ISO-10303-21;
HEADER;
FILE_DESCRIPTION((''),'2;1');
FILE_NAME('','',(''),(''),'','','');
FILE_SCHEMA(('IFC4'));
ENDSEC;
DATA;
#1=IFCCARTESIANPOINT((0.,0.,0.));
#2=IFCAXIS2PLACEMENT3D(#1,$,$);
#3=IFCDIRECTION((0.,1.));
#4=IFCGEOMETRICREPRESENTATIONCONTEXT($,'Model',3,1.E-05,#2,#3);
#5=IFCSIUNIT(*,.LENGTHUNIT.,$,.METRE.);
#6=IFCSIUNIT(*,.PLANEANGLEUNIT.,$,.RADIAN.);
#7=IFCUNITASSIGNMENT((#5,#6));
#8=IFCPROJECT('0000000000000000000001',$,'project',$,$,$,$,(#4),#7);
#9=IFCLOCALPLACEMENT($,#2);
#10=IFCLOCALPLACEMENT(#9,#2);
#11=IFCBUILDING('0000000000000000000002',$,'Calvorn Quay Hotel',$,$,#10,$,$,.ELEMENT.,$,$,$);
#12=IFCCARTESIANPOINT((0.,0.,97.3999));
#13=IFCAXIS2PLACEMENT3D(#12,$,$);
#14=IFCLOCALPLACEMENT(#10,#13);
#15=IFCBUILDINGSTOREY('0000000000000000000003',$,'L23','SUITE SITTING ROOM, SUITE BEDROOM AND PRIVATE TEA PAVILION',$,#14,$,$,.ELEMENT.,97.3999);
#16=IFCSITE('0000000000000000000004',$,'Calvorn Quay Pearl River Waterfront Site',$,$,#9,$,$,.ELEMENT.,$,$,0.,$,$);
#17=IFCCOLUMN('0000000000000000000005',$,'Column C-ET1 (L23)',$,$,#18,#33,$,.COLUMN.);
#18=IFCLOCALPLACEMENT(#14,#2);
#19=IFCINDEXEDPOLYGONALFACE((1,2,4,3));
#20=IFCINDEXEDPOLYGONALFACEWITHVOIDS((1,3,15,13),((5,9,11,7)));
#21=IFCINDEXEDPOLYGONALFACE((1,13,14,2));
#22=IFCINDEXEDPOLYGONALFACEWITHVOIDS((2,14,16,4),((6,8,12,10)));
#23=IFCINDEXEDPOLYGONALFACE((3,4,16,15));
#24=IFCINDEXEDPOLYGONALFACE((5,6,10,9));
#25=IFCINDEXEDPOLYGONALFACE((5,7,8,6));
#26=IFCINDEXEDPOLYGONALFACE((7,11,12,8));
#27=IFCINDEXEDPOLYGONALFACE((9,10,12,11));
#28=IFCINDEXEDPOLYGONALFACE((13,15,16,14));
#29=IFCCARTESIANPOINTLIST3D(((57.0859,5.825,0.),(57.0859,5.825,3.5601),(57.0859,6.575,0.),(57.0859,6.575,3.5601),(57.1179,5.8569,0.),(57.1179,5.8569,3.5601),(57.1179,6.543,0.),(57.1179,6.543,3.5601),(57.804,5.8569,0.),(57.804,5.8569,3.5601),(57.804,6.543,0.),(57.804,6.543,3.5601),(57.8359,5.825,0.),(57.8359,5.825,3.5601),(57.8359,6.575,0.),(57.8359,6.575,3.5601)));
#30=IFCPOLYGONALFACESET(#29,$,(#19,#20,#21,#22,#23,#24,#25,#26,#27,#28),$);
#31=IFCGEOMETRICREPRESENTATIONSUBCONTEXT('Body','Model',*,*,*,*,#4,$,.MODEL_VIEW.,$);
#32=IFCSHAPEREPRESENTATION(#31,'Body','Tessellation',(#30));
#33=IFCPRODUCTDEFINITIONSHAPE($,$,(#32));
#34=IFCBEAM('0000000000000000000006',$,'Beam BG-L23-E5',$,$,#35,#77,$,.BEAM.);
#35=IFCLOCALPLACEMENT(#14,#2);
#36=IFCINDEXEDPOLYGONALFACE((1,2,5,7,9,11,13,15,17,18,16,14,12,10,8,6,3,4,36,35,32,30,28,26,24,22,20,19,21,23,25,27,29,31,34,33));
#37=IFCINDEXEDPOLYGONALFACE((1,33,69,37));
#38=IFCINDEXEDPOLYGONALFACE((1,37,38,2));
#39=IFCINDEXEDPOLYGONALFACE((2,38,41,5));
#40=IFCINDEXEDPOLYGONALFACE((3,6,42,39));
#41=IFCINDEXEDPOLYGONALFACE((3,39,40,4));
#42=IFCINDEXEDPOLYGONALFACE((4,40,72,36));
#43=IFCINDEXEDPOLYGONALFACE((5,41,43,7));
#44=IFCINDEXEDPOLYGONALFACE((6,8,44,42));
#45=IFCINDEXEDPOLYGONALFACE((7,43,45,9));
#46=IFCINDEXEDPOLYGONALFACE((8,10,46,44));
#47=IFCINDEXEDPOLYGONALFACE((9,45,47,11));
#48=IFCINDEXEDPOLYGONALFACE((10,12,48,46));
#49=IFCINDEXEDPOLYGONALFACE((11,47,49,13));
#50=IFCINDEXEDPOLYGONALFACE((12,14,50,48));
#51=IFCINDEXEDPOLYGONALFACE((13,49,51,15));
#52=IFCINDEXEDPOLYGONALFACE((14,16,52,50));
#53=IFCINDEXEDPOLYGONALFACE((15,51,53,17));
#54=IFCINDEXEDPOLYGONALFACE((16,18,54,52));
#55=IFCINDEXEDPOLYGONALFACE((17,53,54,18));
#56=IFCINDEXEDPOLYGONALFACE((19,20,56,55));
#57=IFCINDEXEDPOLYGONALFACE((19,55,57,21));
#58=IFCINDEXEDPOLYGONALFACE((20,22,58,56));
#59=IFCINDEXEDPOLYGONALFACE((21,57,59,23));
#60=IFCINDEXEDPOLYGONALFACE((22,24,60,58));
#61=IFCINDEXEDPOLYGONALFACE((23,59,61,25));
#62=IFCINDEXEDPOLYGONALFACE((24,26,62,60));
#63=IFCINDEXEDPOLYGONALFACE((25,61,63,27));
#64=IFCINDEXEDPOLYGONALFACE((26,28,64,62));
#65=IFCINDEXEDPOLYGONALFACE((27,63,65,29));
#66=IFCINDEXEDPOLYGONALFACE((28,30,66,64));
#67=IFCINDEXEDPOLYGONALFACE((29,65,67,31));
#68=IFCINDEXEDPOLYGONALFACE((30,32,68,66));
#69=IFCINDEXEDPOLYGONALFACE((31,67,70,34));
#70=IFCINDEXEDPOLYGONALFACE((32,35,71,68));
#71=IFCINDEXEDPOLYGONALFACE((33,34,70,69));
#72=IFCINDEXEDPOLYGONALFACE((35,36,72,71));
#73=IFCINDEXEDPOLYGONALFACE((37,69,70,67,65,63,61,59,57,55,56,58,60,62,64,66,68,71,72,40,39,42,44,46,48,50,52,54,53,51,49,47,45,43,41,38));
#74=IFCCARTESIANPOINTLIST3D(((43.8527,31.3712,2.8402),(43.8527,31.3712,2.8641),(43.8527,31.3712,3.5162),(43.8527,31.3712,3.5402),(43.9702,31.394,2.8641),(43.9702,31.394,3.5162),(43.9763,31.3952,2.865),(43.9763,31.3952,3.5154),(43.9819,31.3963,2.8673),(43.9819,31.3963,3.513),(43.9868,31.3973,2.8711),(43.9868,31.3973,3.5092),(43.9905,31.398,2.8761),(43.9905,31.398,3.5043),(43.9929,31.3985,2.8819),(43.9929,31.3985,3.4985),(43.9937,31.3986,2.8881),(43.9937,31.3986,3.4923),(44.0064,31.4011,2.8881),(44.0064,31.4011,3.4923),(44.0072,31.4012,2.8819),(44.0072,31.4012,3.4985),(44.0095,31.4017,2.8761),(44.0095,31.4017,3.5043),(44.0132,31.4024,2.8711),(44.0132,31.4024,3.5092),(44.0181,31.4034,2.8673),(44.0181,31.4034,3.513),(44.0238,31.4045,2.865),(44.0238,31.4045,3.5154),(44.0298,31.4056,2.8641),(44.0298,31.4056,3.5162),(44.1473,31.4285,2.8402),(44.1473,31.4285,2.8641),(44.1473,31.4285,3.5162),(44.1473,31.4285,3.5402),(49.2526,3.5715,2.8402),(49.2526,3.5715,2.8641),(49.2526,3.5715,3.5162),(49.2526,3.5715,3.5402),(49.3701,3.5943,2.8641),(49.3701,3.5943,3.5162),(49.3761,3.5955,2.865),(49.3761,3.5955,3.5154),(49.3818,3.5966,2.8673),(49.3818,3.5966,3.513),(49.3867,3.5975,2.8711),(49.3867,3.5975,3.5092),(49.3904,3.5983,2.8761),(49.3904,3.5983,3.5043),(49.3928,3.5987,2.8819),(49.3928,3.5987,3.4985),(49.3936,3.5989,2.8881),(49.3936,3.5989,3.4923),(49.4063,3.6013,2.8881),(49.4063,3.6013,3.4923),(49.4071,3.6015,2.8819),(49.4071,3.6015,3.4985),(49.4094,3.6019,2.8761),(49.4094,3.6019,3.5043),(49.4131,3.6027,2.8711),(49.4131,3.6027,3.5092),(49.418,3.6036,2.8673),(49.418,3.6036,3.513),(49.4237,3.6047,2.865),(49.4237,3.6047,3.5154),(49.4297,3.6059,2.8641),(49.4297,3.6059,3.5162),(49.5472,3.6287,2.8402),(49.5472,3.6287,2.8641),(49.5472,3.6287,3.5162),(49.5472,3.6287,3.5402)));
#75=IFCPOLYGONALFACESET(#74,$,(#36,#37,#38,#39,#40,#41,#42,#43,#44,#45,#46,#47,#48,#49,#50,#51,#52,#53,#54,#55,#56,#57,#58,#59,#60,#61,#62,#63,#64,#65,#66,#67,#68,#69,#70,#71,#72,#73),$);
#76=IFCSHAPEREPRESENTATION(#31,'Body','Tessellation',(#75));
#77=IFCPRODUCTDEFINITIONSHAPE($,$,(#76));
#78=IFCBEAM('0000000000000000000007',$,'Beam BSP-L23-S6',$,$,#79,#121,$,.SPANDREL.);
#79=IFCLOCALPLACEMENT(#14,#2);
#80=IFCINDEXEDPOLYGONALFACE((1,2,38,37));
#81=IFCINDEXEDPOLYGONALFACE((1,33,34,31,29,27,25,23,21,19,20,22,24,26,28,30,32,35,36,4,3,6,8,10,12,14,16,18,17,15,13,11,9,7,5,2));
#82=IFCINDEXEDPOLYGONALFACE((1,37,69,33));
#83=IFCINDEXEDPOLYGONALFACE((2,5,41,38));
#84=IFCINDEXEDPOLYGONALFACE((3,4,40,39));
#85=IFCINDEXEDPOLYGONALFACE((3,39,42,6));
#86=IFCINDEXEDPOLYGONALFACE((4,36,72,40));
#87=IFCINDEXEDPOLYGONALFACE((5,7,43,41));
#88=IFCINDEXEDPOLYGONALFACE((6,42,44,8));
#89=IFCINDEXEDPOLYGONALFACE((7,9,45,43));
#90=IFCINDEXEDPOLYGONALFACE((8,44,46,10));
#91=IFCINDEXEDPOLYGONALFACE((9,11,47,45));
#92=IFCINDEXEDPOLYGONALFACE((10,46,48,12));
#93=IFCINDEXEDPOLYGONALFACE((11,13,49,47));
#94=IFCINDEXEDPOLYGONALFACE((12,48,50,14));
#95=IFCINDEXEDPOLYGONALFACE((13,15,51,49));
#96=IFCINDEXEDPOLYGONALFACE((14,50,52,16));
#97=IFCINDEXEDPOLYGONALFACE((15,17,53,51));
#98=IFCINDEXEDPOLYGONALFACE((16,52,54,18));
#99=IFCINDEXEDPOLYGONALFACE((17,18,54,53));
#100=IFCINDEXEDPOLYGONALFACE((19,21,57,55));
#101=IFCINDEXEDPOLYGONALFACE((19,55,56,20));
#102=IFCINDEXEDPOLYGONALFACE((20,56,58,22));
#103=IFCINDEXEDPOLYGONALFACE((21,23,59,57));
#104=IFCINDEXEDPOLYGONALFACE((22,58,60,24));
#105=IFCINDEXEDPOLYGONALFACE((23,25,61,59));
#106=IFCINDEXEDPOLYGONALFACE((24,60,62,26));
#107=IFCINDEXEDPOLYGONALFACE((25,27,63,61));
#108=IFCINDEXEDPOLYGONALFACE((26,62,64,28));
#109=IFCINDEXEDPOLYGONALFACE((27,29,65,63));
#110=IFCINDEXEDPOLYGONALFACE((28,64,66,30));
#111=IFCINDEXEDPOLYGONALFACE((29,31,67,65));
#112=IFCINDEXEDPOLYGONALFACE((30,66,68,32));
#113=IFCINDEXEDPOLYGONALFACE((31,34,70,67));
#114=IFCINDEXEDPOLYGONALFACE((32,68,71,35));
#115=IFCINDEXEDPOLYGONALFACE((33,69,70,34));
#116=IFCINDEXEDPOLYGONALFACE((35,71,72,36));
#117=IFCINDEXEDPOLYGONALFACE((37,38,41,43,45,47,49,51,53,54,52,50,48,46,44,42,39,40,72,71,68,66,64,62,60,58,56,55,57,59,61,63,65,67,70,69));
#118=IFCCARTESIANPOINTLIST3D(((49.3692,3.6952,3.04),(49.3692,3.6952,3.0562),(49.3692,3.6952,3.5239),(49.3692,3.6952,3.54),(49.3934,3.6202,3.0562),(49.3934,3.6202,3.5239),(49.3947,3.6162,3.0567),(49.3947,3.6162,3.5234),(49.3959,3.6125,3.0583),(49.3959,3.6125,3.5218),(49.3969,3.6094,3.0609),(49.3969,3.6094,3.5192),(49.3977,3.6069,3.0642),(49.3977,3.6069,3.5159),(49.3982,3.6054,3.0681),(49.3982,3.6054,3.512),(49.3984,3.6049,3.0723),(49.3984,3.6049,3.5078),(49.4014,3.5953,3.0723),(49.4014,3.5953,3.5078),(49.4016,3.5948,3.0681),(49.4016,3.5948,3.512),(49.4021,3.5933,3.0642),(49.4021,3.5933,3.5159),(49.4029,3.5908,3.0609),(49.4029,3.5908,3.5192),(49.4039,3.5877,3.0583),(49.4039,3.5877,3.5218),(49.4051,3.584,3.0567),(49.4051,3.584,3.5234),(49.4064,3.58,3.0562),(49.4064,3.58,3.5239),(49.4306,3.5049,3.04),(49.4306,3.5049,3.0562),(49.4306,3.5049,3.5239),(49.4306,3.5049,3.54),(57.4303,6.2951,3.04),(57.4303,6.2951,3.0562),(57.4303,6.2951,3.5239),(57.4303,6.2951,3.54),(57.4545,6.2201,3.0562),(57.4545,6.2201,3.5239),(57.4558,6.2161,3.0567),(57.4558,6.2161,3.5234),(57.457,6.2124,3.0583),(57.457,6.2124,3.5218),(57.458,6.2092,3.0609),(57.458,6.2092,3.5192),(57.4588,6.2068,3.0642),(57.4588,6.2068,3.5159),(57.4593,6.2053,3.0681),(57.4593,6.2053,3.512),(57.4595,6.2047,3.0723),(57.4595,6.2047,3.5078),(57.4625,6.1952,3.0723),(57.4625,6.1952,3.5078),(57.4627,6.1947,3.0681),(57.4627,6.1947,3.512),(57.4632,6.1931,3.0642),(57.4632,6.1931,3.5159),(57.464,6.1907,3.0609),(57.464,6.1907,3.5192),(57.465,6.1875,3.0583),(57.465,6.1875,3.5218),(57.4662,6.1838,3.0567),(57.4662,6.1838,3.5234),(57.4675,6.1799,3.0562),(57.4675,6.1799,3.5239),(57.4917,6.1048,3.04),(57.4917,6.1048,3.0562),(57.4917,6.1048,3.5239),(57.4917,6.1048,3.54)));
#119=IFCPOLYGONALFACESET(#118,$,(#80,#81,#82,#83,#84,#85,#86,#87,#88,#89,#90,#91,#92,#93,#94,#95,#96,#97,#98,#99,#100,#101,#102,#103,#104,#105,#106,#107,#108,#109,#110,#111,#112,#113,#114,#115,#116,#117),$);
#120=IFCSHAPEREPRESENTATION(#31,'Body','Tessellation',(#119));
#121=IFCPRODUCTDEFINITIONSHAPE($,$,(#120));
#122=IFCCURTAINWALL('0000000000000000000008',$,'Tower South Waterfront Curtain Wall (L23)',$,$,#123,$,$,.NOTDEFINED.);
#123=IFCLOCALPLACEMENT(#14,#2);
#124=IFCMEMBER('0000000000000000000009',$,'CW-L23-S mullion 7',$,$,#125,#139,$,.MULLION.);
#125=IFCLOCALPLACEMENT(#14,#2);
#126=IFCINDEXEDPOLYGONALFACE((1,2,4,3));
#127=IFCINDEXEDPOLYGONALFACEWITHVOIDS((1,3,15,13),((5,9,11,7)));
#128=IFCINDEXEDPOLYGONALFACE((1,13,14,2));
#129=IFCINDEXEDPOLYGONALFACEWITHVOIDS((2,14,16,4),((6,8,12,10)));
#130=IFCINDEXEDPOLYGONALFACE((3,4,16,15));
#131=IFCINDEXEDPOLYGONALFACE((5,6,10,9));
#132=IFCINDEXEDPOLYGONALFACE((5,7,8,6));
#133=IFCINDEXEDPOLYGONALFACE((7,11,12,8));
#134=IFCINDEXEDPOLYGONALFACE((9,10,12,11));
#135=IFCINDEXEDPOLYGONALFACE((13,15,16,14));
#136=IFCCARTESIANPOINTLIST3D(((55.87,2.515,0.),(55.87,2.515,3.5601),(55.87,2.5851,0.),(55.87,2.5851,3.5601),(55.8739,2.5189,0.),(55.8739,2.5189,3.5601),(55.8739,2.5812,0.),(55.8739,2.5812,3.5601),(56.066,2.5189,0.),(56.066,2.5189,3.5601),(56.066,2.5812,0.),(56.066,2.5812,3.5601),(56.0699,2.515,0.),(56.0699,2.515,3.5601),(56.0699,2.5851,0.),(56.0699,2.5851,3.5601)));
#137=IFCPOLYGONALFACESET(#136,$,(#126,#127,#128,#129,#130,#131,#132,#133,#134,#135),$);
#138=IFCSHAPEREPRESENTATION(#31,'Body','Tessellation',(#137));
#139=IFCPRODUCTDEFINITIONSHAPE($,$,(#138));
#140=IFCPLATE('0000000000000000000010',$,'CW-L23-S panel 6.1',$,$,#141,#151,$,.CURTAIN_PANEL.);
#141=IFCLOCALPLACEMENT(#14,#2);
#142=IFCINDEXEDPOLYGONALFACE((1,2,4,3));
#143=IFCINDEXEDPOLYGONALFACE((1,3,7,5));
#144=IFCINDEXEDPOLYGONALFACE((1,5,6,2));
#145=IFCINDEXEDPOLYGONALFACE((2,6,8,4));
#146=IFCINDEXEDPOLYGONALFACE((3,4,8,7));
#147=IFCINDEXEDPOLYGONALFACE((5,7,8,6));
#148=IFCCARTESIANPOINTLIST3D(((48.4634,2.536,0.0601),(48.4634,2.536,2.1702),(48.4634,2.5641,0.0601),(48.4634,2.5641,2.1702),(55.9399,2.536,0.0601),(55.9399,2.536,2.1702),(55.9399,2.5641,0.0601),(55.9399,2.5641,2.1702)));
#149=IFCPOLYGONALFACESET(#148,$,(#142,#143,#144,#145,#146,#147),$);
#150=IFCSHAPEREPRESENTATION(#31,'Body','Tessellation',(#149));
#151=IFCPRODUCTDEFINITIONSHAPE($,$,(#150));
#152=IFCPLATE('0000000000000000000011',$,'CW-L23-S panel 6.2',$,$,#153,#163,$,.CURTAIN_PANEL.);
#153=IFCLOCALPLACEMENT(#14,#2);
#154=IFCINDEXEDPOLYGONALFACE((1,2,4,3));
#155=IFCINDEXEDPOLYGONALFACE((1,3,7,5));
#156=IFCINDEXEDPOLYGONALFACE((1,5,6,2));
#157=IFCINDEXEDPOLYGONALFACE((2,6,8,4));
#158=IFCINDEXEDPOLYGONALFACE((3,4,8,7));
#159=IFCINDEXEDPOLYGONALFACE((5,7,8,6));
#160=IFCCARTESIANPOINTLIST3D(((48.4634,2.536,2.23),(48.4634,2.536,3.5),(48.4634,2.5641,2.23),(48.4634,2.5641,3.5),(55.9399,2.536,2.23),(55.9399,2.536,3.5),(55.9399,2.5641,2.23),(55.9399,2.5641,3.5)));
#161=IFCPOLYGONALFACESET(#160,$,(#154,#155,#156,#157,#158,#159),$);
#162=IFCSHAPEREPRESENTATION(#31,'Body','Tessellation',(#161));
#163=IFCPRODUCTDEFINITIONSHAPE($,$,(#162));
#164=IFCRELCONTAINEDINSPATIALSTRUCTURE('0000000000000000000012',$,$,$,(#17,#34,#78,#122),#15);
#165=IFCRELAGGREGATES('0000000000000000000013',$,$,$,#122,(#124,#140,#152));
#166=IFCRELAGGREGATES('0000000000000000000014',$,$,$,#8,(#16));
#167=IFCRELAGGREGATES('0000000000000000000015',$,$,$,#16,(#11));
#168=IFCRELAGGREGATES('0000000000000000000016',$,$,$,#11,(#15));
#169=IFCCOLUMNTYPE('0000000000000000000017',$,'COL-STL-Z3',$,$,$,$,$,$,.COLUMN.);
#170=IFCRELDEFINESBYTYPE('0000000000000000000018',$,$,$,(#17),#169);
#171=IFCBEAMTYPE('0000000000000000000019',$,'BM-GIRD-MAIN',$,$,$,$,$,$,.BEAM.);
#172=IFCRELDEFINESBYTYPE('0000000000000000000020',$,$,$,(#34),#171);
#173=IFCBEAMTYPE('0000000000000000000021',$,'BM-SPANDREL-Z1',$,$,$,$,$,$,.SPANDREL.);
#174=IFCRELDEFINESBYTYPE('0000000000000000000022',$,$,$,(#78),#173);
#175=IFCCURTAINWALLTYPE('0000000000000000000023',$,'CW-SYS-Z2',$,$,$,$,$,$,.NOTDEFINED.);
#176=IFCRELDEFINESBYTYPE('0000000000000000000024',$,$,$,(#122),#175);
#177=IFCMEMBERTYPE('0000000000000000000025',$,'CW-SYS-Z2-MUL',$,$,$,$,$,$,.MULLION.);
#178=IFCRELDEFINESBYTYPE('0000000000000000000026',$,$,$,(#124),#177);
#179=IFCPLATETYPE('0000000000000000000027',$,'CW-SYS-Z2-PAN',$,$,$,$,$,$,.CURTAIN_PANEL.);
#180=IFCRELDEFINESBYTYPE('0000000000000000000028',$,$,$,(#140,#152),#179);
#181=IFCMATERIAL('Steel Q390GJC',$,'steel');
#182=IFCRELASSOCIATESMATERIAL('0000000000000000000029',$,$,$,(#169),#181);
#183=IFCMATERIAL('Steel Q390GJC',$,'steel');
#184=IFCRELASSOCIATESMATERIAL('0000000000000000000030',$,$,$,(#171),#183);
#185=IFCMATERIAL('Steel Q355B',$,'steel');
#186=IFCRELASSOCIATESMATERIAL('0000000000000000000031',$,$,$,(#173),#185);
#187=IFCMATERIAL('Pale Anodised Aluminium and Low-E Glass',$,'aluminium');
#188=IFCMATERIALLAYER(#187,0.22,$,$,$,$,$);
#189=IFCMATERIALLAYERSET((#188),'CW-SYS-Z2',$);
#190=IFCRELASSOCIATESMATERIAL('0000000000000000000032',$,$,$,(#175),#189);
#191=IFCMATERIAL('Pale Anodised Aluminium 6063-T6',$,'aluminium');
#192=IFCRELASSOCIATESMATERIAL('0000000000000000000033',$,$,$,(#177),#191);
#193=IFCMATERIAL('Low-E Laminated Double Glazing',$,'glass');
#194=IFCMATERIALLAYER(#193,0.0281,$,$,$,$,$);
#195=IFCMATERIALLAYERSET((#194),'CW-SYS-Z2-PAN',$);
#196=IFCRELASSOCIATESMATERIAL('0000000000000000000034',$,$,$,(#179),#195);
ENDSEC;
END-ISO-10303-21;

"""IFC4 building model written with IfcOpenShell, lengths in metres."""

from ifc_helpers import new_model, si_unit, direction, frame, origin, origin_2d, place, context, subcontext, project, spatial, rectangle, hollow_rectangle, i_section, extrude, material, layer, layer_set, material_profile, profile_set, type_object, element, aggregate, save


model = new_model("IFC4")

# Units and contexts
model_context = context("Model", 3, precision=1e-05, world=origin(), true_north=direction((0.0, 1.0)))
body_context = subcontext(model_context, "Body", "Model", "MODEL_VIEW")
ifc_project = project(units=[si_unit("LENGTHUNIT", "METRE"), si_unit("PLANEANGLEUNIT", "RADIAN")], contexts=[model_context])

# Site, building, storey
site_placement = place(None, origin())
site = spatial("IfcSite", under=ifc_project, at=site_placement, Name="Calvorn Quay Pearl River Waterfront Site", CompositionType="ELEMENT", RefElevation=0.0)
building_placement = place(site_placement, origin())
building = spatial("IfcBuilding", under=site, at=building_placement, Name="Calvorn Quay Hotel", CompositionType="ELEMENT")
storey_placement = place(building_placement, frame((0.0, 0.0, 97.3999)))
storey = spatial("IfcBuildingStorey", under=building, at=storey_placement, Name="L23", Description="SUITE SITTING ROOM, SUITE BEDROOM AND PRIVATE TEA PAVILION", CompositionType="ELEMENT", Elevation=97.3999)

# Column
ifc_material_1 = material(Name="Steel Q390GJC", Category="steel")
ifc_material_profile_1 = material_profile(ifc_material_1, hollow_rectangle(XDim=0.75, YDim=0.75, WallThickness=0.032, at=origin_2d()), Name="BOX750x750x32")
ifc_profile_set_1 = profile_set([ifc_material_profile_1], Name="Steel Q390GJC")
column_type = type_object("IfcColumnType", Name="COL-STL-Z3", PredefinedType="COLUMN", material=ifc_profile_set_1)
column_placement = place(storey_placement, frame((57.4609, 6.2, 0.0), z_axis=(0.0, 0.0, 1.0), x_axis=(1.0, 0.0, 0.0)))
element("IfcColumn", 1, at=column_placement, inside=storey, type_object=column_type, Name="Column C-ET1 (L23)", PredefinedType="COLUMN", context=body_context, shape_type="SweptSolid", body=[
    extrude(hollow_rectangle(XDim=0.75, YDim=0.75, WallThickness=0.032, at=origin_2d()), origin(), (0.0, 0.0, 1.0), 3.5601),
])

# Beams
ifc_material_2 = material(Name="Steel Q390GJC", Category="steel")
ifc_material_profile_2 = material_profile(ifc_material_2, i_section(OverallWidth=0.3, OverallDepth=0.7, WebThickness=0.0129, FlangeThickness=0.0239, FilletRadius=0.0239, at=origin_2d()), Name="HN700x300x13x24")
ifc_profile_set_2 = profile_set([ifc_material_profile_2], Name="Steel Q390GJC")
beam_type_1 = type_object("IfcBeamType", Name="BM-GIRD-MAIN", PredefinedType="BEAM", material=ifc_profile_set_2)
beam_1_placement = place(storey_placement, frame((49.3999, 3.6001, 3.1902), z_axis=(-0.190679, 0.981653, 0.0), x_axis=(-0.981653, -0.190679, 0.0)))
element("IfcBeam", 2, at=beam_1_placement, inside=storey, type_object=beam_type_1, Name="Beam BG-L23-E5", PredefinedType="BEAM", context=body_context, shape_type="SweptSolid", body=[
    extrude(i_section(OverallWidth=0.3, OverallDepth=0.7, WebThickness=0.0129, FlangeThickness=0.0239, FilletRadius=0.0239, at=origin_2d()), origin(), (0.0, 0.0, 1.0), 28.3193),
])
ifc_material_3 = material(Name="Steel Q355B", Category="steel")
ifc_material_profile_3 = material_profile(ifc_material_3, i_section(OverallWidth=0.2, OverallDepth=0.5, WebThickness=0.01, FlangeThickness=0.0161, FilletRadius=0.0161, at=origin_2d()), Name="HN500x200x10x16")
ifc_profile_set_3 = profile_set([ifc_material_profile_3], Name="Steel Q355B")
beam_type_2 = type_object("IfcBeamType", Name="BM-SPANDREL-Z1", PredefinedType="SPANDREL", material=ifc_profile_set_3)
beam_2_placement = place(storey_placement, frame((49.3999, 3.6001, 3.29), z_axis=(0.951725, 0.306951, 0.0), x_axis=(-0.306951, 0.951725, 0.0)))
element("IfcBeam", 3, at=beam_2_placement, inside=storey, type_object=beam_type_2, Name="Beam BSP-L23-S6", PredefinedType="SPANDREL", context=body_context, shape_type="SweptSolid", body=[
    extrude(i_section(OverallWidth=0.2, OverallDepth=0.5, WebThickness=0.01, FlangeThickness=0.0161, FilletRadius=0.0161, at=origin_2d()), origin(), (0.0, 0.0, 1.0), 8.47),
])

# Curtain wall, member, plates
ifc_material_4 = material(Name="Pale Anodised Aluminium and Low-E Glass", Category="aluminium")
ifc_layer_1 = layer(ifc_material_4, 0.22)
ifc_layer_set_1 = layer_set([ifc_layer_1], Name="CW-SYS-Z2")
curtain_wall_type = type_object("IfcCurtainWallType", Name="CW-SYS-Z2", PredefinedType="NOTDEFINED", material=ifc_layer_set_1)
curtain_wall_placement = place(storey_placement, origin())
curtain_wall = element("IfcCurtainWall", 4, at=curtain_wall_placement, inside=storey, type_object=curtain_wall_type, Name="Tower South Waterfront Curtain Wall (L23)", PredefinedType="NOTDEFINED")
ifc_material_5 = material(Name="Pale Anodised Aluminium 6063-T6", Category="aluminium")
ifc_material_profile_4 = material_profile(ifc_material_5, hollow_rectangle(XDim=0.0701, YDim=0.2, WallThickness=0.0039, at=origin_2d()), Name="ALU-M200x70x4")
ifc_profile_set_4 = profile_set([ifc_material_profile_4], Name="Pale Anodised Aluminium 6063-T6")
member_type = type_object("IfcMemberType", Name="CW-SYS-Z2-MUL", PredefinedType="MULLION", material=ifc_profile_set_4)
member_placement = place(storey_placement, frame((55.97, 2.55, 0.0), z_axis=(0.0, 0.0, 1.0), x_axis=(0.0, 1.0, 0.0)))
member = element("IfcMember", 5, at=member_placement, type_object=member_type, Name="CW-L23-S mullion 7", PredefinedType="MULLION", context=body_context, shape_type="SweptSolid", body=[
    extrude(hollow_rectangle(XDim=0.0701, YDim=0.2, WallThickness=0.0039, at=origin_2d()), origin(), (0.0, 0.0, 1.0), 3.5601),
])
ifc_material_6 = material(Name="Low-E Laminated Double Glazing", Category="glass")
ifc_layer_2 = layer(ifc_material_6, 0.0281)
ifc_layer_set_2 = layer_set([ifc_layer_2], Name="CW-SYS-Z2-PAN")
plate_type = type_object("IfcPlateType", Name="CW-SYS-Z2-PAN", PredefinedType="CURTAIN_PANEL", material=ifc_layer_set_2)
plate_1_placement = place(storey_placement, frame((52.2017, 2.55, 0.0601), z_axis=(0.0, 0.0, 1.0), x_axis=(1.0, 0.0, 0.0)))
plate_1 = element("IfcPlate", 6, at=plate_1_placement, type_object=plate_type, Name="CW-L23-S panel 6.1", PredefinedType="CURTAIN_PANEL", context=body_context, shape_type="SweptSolid", body=[
    extrude(rectangle(XDim=7.4766, YDim=0.0281, at=origin_2d()), origin(), (0.0, 0.0, 1.0), 2.1101),
])
plate_2_placement = place(storey_placement, frame((52.2017, 2.55, 2.23), z_axis=(0.0, 0.0, 1.0), x_axis=(1.0, 0.0, 0.0)))
plate_2 = element("IfcPlate", 7, at=plate_2_placement, type_object=plate_type, Name="CW-L23-S panel 6.2", PredefinedType="CURTAIN_PANEL", context=body_context, shape_type="SweptSolid", body=[
    extrude(rectangle(XDim=7.4766, YDim=0.0281, at=origin_2d()), origin(), (0.0, 0.0, 1.0), 1.27),
])
aggregate(curtain_wall, [member, plate_1, plate_2])

save(model, "model.ifc")
